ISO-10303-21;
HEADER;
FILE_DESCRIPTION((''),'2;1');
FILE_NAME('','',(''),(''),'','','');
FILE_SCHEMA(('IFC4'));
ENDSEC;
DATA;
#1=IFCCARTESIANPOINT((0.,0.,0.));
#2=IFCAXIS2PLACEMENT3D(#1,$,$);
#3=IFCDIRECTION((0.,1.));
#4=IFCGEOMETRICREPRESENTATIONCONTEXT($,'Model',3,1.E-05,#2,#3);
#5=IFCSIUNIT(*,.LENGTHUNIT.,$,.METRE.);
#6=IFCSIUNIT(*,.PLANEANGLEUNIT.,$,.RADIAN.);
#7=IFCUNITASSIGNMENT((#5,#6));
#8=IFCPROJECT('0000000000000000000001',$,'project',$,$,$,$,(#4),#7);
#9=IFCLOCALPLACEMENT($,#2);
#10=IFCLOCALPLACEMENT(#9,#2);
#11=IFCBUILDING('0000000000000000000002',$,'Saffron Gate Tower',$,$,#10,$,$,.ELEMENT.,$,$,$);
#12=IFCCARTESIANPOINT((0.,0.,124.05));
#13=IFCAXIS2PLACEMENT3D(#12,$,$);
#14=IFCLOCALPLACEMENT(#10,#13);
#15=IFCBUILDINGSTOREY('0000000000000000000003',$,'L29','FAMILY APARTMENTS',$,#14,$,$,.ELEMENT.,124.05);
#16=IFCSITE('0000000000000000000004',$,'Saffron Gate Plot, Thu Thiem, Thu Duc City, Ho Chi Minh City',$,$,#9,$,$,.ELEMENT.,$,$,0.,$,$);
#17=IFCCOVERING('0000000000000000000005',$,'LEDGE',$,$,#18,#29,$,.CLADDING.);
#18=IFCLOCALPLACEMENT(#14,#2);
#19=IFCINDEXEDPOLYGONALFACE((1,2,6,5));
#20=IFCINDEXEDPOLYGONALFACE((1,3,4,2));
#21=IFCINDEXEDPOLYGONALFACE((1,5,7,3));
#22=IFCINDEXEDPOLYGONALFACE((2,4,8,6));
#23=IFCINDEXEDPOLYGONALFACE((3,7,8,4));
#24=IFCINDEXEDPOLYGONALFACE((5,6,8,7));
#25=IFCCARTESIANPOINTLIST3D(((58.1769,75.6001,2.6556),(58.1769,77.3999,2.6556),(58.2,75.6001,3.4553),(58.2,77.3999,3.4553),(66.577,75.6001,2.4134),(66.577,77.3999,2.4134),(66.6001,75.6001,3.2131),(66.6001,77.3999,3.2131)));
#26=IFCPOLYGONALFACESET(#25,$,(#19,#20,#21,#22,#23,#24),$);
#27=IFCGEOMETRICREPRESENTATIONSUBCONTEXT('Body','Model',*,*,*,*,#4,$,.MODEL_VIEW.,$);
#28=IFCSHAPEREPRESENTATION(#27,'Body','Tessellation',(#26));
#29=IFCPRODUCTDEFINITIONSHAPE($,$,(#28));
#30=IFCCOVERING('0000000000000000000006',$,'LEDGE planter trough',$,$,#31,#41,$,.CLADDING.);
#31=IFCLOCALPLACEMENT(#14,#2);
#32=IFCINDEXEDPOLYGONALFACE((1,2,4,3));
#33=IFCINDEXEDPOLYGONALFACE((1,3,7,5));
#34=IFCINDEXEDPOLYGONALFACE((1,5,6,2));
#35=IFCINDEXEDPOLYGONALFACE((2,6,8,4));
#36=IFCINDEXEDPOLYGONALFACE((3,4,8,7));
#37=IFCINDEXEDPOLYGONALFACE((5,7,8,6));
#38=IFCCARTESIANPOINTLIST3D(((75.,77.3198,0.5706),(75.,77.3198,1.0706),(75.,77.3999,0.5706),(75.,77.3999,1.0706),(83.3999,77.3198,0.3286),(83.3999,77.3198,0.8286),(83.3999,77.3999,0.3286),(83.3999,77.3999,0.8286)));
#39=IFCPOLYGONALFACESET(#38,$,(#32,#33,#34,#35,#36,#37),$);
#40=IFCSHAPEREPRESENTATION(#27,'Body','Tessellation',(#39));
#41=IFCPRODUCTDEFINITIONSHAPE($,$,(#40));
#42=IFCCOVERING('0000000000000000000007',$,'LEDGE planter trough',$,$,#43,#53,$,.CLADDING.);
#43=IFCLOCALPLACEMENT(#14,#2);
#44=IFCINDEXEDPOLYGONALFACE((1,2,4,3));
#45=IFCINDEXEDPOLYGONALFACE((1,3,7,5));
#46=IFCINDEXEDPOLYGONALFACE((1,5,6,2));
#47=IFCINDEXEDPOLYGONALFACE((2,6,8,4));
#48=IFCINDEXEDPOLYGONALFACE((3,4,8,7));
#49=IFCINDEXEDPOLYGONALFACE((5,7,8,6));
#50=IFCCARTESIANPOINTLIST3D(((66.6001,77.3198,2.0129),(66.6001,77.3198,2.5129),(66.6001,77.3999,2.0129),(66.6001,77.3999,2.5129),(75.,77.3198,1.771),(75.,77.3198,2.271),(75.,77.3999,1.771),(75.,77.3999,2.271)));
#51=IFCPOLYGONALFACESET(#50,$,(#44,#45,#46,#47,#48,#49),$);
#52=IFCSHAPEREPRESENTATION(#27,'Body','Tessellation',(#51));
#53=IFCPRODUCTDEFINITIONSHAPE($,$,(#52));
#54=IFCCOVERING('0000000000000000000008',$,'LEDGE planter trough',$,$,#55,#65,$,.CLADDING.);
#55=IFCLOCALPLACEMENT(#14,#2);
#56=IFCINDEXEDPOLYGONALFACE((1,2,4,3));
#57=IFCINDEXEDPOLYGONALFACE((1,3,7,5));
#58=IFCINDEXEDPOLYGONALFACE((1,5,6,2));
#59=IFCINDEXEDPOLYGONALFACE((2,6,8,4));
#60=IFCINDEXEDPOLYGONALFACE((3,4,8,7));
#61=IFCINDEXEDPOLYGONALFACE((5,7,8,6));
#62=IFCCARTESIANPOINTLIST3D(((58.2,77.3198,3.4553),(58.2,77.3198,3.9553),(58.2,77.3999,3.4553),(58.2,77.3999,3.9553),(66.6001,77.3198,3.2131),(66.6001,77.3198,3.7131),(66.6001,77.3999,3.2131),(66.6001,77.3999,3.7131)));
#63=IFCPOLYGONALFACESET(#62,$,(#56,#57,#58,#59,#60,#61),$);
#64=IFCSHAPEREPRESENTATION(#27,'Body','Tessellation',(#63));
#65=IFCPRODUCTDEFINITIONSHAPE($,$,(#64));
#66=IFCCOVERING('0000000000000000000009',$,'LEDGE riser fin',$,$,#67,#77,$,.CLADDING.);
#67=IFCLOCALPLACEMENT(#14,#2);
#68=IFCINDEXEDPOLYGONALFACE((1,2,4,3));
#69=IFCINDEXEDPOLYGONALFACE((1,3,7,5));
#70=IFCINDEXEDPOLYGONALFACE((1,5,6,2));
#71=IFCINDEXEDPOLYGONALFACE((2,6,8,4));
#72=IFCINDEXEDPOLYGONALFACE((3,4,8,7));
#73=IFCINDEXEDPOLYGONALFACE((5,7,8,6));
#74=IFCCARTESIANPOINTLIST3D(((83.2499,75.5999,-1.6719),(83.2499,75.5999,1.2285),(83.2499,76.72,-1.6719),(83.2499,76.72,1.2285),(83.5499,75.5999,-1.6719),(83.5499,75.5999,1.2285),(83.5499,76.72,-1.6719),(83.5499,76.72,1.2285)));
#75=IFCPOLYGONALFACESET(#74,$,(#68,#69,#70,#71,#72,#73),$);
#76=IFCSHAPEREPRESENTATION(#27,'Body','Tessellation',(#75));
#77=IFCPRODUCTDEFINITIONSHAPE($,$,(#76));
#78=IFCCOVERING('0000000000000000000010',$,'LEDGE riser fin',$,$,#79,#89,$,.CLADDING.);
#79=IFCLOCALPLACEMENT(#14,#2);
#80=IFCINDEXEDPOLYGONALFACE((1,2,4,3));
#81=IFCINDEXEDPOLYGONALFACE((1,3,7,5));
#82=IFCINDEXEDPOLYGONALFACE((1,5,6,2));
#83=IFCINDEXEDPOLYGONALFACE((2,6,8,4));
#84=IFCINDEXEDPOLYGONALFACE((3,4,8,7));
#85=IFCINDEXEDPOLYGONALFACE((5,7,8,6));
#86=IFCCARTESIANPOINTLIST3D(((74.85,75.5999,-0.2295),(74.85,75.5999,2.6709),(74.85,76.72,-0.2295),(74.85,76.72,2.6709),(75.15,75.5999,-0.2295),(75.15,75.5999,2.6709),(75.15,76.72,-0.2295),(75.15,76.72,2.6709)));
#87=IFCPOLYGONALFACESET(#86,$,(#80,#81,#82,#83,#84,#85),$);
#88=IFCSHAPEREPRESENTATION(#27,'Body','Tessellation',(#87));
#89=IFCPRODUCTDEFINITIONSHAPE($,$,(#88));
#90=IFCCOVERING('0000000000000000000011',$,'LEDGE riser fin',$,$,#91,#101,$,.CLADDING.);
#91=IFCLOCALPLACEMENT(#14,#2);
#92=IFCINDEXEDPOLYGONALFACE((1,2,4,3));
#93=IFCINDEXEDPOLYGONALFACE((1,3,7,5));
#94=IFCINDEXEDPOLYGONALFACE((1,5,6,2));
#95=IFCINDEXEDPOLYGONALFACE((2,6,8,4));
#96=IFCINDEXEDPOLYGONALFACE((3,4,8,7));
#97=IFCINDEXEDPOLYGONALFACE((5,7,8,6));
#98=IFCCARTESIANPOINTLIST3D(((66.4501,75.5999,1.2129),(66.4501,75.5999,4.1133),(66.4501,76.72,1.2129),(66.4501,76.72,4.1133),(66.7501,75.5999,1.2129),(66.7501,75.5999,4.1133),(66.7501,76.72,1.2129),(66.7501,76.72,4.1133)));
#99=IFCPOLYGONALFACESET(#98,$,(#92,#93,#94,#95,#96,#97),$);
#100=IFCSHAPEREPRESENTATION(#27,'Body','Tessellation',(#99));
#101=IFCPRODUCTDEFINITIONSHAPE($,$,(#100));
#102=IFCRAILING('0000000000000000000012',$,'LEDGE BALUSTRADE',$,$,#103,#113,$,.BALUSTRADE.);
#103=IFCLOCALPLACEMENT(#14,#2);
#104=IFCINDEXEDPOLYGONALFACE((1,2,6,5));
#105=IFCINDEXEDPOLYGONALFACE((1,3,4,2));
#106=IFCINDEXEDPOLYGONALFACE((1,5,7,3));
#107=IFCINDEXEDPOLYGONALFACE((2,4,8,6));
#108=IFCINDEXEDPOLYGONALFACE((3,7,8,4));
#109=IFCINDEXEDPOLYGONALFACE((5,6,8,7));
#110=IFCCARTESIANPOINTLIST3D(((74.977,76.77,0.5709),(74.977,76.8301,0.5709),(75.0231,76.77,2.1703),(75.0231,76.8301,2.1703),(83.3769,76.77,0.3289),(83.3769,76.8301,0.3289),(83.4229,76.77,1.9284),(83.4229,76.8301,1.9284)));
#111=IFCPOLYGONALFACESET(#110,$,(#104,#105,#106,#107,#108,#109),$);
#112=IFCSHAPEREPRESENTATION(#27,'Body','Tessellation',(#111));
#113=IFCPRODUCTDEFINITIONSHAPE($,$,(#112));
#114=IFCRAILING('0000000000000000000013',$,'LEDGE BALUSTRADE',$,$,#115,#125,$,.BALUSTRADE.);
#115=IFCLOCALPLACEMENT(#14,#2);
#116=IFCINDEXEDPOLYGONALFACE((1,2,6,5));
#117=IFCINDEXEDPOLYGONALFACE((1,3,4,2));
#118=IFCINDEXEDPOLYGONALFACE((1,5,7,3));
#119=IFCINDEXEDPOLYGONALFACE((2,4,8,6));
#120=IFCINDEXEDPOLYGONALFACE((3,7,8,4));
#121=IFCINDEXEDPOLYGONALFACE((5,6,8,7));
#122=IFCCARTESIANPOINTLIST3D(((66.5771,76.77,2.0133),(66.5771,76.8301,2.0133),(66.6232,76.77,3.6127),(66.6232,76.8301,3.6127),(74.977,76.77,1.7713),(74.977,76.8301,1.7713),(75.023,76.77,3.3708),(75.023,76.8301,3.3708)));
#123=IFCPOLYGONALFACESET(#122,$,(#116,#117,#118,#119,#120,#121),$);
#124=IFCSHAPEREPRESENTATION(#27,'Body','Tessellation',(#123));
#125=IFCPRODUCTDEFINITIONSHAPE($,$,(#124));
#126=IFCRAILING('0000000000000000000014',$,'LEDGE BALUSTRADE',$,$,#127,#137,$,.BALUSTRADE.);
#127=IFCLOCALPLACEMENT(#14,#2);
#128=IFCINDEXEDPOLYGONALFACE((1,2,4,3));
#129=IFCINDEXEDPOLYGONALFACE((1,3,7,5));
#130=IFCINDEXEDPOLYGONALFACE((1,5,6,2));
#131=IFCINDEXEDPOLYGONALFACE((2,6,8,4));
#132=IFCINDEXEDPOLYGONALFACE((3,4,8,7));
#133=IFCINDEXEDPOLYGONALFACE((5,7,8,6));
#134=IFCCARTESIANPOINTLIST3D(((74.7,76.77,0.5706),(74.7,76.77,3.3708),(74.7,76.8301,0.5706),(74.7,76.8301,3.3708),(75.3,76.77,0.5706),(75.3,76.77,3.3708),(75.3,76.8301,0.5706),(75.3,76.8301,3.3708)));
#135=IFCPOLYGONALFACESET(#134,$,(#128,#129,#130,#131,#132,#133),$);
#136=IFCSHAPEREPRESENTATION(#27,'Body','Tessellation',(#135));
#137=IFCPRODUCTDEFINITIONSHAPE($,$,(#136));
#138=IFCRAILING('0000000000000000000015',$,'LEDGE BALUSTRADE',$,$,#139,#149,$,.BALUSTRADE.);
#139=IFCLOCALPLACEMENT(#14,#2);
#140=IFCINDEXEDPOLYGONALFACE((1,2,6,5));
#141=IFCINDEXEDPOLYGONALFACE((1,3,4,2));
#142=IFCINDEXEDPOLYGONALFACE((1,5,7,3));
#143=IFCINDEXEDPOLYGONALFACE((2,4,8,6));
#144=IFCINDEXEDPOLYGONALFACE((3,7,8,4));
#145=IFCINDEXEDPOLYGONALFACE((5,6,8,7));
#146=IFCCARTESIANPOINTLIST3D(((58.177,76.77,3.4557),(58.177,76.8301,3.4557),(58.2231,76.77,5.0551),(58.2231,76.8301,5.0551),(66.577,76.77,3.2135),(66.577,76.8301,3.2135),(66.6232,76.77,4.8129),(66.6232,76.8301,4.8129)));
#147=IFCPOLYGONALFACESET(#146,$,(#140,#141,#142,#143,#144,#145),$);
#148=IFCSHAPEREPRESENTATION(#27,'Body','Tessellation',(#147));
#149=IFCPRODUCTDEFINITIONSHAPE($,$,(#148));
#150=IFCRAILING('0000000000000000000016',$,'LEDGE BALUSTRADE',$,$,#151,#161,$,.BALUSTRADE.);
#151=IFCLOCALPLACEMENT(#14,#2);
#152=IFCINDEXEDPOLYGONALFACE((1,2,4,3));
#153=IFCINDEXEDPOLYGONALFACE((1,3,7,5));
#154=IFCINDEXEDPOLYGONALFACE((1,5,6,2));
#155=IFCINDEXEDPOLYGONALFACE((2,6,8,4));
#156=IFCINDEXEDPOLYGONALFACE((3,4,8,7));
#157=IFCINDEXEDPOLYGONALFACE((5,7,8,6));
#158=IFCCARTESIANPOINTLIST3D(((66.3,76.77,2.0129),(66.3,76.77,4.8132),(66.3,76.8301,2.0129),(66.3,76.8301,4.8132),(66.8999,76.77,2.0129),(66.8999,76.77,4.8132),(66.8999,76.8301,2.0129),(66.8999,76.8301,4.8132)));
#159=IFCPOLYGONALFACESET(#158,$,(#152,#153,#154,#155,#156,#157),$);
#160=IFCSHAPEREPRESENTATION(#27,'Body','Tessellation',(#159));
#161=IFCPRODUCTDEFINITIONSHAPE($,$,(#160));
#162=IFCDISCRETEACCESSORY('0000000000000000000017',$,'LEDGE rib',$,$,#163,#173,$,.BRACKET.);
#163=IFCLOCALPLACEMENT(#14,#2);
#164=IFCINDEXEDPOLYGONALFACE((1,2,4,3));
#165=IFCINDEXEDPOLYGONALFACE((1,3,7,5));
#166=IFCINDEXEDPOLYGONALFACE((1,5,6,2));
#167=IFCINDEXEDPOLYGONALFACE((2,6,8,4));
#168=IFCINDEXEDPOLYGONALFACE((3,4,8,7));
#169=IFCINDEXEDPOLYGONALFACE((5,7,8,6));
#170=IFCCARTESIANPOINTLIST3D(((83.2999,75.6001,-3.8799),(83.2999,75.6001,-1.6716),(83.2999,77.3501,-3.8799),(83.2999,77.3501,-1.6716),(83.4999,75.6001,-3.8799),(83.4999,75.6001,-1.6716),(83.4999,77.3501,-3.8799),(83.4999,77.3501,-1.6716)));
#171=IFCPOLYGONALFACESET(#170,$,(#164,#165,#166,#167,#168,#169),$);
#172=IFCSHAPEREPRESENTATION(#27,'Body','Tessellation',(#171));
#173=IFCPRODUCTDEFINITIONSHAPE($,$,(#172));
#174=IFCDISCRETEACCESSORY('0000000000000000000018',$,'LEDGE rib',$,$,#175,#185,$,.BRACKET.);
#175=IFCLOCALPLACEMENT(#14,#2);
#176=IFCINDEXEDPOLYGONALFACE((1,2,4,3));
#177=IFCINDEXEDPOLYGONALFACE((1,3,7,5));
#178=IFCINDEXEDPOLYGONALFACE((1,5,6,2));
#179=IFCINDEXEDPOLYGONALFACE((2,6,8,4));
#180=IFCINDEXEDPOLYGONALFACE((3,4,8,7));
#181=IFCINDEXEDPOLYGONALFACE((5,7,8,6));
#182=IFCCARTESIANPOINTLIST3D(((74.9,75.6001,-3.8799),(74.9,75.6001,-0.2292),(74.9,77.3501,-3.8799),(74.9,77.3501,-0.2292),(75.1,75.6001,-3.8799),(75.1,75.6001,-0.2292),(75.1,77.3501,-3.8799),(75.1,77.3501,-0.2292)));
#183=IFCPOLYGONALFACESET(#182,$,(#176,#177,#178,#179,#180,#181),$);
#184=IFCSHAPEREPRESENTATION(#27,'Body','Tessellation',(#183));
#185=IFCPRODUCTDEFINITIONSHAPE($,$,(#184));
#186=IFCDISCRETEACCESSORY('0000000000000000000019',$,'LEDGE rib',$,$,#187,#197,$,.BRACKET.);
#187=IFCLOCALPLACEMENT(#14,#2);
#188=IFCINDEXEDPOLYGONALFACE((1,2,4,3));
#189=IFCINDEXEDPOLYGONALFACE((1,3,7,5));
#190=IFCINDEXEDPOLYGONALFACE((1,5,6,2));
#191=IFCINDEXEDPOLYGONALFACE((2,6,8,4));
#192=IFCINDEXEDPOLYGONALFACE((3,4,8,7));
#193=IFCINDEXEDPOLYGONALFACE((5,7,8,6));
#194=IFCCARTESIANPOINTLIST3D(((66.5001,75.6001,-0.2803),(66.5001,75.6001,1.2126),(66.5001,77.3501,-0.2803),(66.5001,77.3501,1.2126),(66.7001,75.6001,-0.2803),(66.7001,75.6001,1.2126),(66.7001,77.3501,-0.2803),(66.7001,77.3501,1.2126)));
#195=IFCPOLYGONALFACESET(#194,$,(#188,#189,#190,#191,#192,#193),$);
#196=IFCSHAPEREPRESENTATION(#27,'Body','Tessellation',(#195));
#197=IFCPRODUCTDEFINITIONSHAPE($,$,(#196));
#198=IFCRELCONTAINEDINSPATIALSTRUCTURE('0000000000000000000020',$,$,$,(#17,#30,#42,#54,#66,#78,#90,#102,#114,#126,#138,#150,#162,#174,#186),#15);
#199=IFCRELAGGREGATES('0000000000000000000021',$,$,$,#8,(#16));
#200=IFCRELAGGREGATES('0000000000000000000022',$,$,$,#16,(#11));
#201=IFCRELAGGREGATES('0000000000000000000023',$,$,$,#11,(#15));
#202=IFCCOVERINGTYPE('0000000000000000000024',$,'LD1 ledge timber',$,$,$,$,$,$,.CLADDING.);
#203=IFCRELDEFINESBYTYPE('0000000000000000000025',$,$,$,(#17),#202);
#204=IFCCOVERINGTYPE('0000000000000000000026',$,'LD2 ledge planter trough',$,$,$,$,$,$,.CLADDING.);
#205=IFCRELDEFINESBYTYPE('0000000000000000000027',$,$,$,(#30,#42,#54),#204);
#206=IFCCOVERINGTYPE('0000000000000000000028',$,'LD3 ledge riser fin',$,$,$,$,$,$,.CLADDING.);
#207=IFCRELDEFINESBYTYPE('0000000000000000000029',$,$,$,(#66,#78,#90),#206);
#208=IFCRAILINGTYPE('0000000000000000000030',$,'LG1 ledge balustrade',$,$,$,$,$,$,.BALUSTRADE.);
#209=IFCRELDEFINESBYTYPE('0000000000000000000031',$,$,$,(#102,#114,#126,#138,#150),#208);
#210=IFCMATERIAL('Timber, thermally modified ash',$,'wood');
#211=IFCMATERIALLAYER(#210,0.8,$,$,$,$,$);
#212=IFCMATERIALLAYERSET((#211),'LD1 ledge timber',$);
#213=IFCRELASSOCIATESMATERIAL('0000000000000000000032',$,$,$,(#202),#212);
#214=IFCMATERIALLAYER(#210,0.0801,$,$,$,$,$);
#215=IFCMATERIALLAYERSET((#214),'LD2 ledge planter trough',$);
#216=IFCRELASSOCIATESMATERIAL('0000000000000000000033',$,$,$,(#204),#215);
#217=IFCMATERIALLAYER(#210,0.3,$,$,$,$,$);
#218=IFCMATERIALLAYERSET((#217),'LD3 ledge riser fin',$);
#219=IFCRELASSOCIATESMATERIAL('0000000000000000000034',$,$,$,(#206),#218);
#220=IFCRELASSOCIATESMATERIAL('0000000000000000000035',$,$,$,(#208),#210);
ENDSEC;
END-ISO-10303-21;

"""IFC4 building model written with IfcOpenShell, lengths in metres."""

from ifc_helpers import new_model, si_unit, direction, frame, origin, origin_2d, place, context, subcontext, project, spatial, polyline, rectangle, outline, extrude, material, layer, layer_set, type_object, element, save


model = new_model("IFC4")

# Units and contexts
model_context = context("Model", 3, precision=1e-05, world=origin(), true_north=direction((0.0, 1.0)))
body_context = subcontext(model_context, "Body", "Model", "MODEL_VIEW")
ifc_project = project(units=[si_unit("LENGTHUNIT", "METRE"), si_unit("PLANEANGLEUNIT", "RADIAN")], contexts=[model_context])

# Site, building, storey
site_placement = place(None, origin())
site = spatial("IfcSite", under=ifc_project, at=site_placement, Name="Saffron Gate Plot, Thu Thiem, Thu Duc City, Ho Chi Minh City", CompositionType="ELEMENT", RefElevation=0.0)
building_placement = place(site_placement, origin())
building = spatial("IfcBuilding", under=site, at=building_placement, Name="Saffron Gate Tower", CompositionType="ELEMENT")
storey_placement = place(building_placement, frame((0.0, 0.0, 124.05)))
storey = spatial("IfcBuildingStorey", under=building, at=storey_placement, Name="L29", Description="FAMILY APARTMENTS", CompositionType="ELEMENT", Elevation=124.05)

# Coverings
ifc_material_1 = material(Name="Timber, thermally modified ash", Category="wood")
ifc_layer_1 = layer(ifc_material_1, 0.8)
ifc_layer_set_1 = layer_set([ifc_layer_1], Name="LD1 ledge timber")
covering_type_1 = type_object("IfcCoveringType", Name="LD1 ledge timber", PredefinedType="CLADDING", material=ifc_layer_set_1)
covering_1_placement = place(storey_placement, frame((66.6001, 75.6001, 3.2131), z_axis=(0.028819, 0.0, 0.999585), x_axis=(-0.999585, 0.0, 0.028819)))
element("IfcCovering", 1, at=covering_1_placement, inside=storey, type_object=covering_type_1, Name="LEDGE", PredefinedType="CLADDING", context=body_context, shape_type="SweptSolid", body=[
    extrude(outline(polyline([(0.0, 0.0), (8.4036, 0.0), (8.4036, -1.7998), (0.0, -1.7998), (0.0, 0.0)])), origin(), (0.0, 0.0, -1.0), 0.8),
])
ifc_layer_2 = layer(ifc_material_1, 0.0801)
ifc_layer_set_2 = layer_set([ifc_layer_2], Name="LD2 ledge planter trough")
covering_type_2 = type_object("IfcCoveringType", Name="LD2 ledge planter trough", PredefinedType="CLADDING", material=ifc_layer_set_2)
for number, where, z_axis, x_axis, name in (
    (2, (83.3999, 77.3999, 0.3286), (0.0, 1.0, 0.0), (-0.999585, 0.0, 0.028791), "LEDGE planter trough"),
    (3, (75.0, 77.3999, 1.771), (0.0, 1.0, 0.0), (-0.999585, 0.0, 0.028791), "LEDGE planter trough"),
):
    element("IfcCovering", number, at=place(storey_placement, frame(where, z_axis=z_axis, x_axis=x_axis)), inside=storey, type_object=covering_type_2, Name=name, PredefinedType="CLADDING", context=body_context, shape_type="SweptSolid", body=[
        extrude(outline(polyline([(0.0, 0.0), (8.4034, 0.0), (8.4178, 0.4998), (0.0144, 0.4998), (0.0, 0.0)])), origin(), (0.0, 0.0, -1.0), 0.0801),
    ])
covering_2_placement = place(storey_placement, frame((66.6001, 77.3999, 3.2131), z_axis=(0.0, 1.0, 0.0), x_axis=(-0.999585, 0.0, 0.028819)))
element("IfcCovering", 4, at=covering_2_placement, inside=storey, type_object=covering_type_2, Name="LEDGE planter trough", PredefinedType="CLADDING", context=body_context, shape_type="SweptSolid", body=[
    extrude(outline(polyline([(0.0, 0.0), (8.4036, 0.0), (8.418, 0.4998), (0.0144, 0.4998), (0.0, 0.0)])), origin(), (0.0, 0.0, -1.0), 0.0801),
])
ifc_layer_3 = layer(ifc_material_1, 0.3)
ifc_layer_set_3 = layer_set([ifc_layer_3], Name="LD3 ledge riser fin")
covering_type_3 = type_object("IfcCoveringType", Name="LD3 ledge riser fin", PredefinedType="CLADDING", material=ifc_layer_set_3)
for number, where, z_axis, x_axis, name in (
    (5, (83.3999, 76.1599, -1.6719), (0.0, 0.0, 1.0), (-1.0, 0.0, 0.0), "LEDGE riser fin"),
    (6, (75.0, 76.1599, -0.2295), (0.0, 0.0, 1.0), (-1.0, 0.0, 0.0), "LEDGE riser fin"),
    (7, (66.6001, 76.1599, 1.2129), (0.0, 0.0, 1.0), (-1.0, 0.0, 0.0), "LEDGE riser fin"),
):
    element("IfcCovering", number, at=place(storey_placement, frame(where, z_axis=z_axis, x_axis=x_axis)), inside=storey, type_object=covering_type_3, Name=name, PredefinedType="CLADDING", context=body_context, shape_type="SweptSolid", body=[
        extrude(rectangle(XDim=0.3, YDim=1.1201, at=origin_2d()), origin(), (0.0, 0.0, 1.0), 2.9004),
    ])

# Railings
railing_type = type_object("IfcRailingType", Name="LG1 ledge balustrade", PredefinedType="BALUSTRADE", material=ifc_material_1)
for number, where, name in (
    (8, (83.3999, 76.8, 0.3286), "LEDGE BALUSTRADE"),
    (9, (75.0, 76.8, 1.771), "LEDGE BALUSTRADE"),
):
    element("IfcRailing", number, at=place(storey_placement, frame(where)), inside=storey, type_object=railing_type, Name=name, PredefinedType="BALUSTRADE", context=body_context, shape_type="SweptSolid", body=[
        extrude(rectangle(XDim=0.0601, YDim=1.6001, at=origin_2d()), frame((0.0, 0.0, 0.8), z_axis=(-0.999585, 0.0, 0.028791), x_axis=(0.0, -1.0, 0.0)), (0.0, 0.0, 1.0), 8.4033),
    ])
railing_1_placement = place(storey_placement, frame((75.3, 76.8, 0.5706)))
element("IfcRailing", 10, at=railing_1_placement, inside=storey, type_object=railing_type, Name="LEDGE BALUSTRADE", PredefinedType="BALUSTRADE", context=body_context, shape_type="SweptSolid", body=[
    extrude(rectangle(XDim=0.0601, YDim=2.8003, at=origin_2d()), frame((0.0, 0.0, 1.4001), z_axis=(-1.0, 0.0, 0.0), x_axis=(0.0, -1.0, 0.0)), (0.0, 0.0, 1.0), 0.6001),
])
railing_2_placement = place(storey_placement, frame((66.6001, 76.8, 3.2131)))
element("IfcRailing", 11, at=railing_2_placement, inside=storey, type_object=railing_type, Name="LEDGE BALUSTRADE", PredefinedType="BALUSTRADE", context=body_context, shape_type="SweptSolid", body=[
    extrude(rectangle(XDim=0.0601, YDim=1.6001, at=origin_2d()), frame((0.0, 0.0, 0.8), z_axis=(-0.999585, 0.0, 0.028819), x_axis=(0.0, -1.0, 0.0)), (0.0, 0.0, 1.0), 8.4036),
])
railing_3_placement = place(storey_placement, frame((66.8999, 76.8, 2.0129)))
element("IfcRailing", 12, at=railing_3_placement, inside=storey, type_object=railing_type, Name="LEDGE BALUSTRADE", PredefinedType="BALUSTRADE", context=body_context, shape_type="SweptSolid", body=[
    extrude(rectangle(XDim=0.0601, YDim=2.8003, at=origin_2d()), frame((0.0, 0.0, 1.4001), z_axis=(-1.0, 0.0, 0.0), x_axis=(0.0, -1.0, 0.0)), (0.0, 0.0, 1.0), 0.5999),
])

# Discrete accessories
discrete_accessory_1_placement = place(storey_placement, frame((83.3999, 76.4751, -3.8799), z_axis=(0.0, 0.0, 1.0), x_axis=(-1.0, 0.0, 0.0)))
element("IfcDiscreteAccessory", 13, at=discrete_accessory_1_placement, inside=storey, Name="LEDGE rib", PredefinedType="BRACKET", context=body_context, shape_type="SweptSolid", body=[
    extrude(rectangle(XDim=0.2, YDim=1.75, at=origin_2d()), origin(), (0.0, 0.0, 1.0), 2.2083),
])
discrete_accessory_2_placement = place(storey_placement, frame((75.0, 76.4751, -3.8799), z_axis=(0.0, 0.0, 1.0), x_axis=(-1.0, 0.0, 0.0)))
element("IfcDiscreteAccessory", 14, at=discrete_accessory_2_placement, inside=storey, Name="LEDGE rib", PredefinedType="BRACKET", context=body_context, shape_type="SweptSolid", body=[
    extrude(rectangle(XDim=0.2, YDim=1.75, at=origin_2d()), origin(), (0.0, 0.0, 1.0), 3.6506),
])
discrete_accessory_3_placement = place(storey_placement, frame((66.6001, 76.4751, -0.2803), z_axis=(0.0, 0.0, 1.0), x_axis=(-1.0, 0.0, 0.0)))
element("IfcDiscreteAccessory", 15, at=discrete_accessory_3_placement, inside=storey, Name="LEDGE rib", PredefinedType="BRACKET", context=body_context, shape_type="SweptSolid", body=[
    extrude(rectangle(XDim=0.2, YDim=1.75, at=origin_2d()), origin(), (0.0, 0.0, 1.0), 1.4929),
])

save(model, "model.ifc")
